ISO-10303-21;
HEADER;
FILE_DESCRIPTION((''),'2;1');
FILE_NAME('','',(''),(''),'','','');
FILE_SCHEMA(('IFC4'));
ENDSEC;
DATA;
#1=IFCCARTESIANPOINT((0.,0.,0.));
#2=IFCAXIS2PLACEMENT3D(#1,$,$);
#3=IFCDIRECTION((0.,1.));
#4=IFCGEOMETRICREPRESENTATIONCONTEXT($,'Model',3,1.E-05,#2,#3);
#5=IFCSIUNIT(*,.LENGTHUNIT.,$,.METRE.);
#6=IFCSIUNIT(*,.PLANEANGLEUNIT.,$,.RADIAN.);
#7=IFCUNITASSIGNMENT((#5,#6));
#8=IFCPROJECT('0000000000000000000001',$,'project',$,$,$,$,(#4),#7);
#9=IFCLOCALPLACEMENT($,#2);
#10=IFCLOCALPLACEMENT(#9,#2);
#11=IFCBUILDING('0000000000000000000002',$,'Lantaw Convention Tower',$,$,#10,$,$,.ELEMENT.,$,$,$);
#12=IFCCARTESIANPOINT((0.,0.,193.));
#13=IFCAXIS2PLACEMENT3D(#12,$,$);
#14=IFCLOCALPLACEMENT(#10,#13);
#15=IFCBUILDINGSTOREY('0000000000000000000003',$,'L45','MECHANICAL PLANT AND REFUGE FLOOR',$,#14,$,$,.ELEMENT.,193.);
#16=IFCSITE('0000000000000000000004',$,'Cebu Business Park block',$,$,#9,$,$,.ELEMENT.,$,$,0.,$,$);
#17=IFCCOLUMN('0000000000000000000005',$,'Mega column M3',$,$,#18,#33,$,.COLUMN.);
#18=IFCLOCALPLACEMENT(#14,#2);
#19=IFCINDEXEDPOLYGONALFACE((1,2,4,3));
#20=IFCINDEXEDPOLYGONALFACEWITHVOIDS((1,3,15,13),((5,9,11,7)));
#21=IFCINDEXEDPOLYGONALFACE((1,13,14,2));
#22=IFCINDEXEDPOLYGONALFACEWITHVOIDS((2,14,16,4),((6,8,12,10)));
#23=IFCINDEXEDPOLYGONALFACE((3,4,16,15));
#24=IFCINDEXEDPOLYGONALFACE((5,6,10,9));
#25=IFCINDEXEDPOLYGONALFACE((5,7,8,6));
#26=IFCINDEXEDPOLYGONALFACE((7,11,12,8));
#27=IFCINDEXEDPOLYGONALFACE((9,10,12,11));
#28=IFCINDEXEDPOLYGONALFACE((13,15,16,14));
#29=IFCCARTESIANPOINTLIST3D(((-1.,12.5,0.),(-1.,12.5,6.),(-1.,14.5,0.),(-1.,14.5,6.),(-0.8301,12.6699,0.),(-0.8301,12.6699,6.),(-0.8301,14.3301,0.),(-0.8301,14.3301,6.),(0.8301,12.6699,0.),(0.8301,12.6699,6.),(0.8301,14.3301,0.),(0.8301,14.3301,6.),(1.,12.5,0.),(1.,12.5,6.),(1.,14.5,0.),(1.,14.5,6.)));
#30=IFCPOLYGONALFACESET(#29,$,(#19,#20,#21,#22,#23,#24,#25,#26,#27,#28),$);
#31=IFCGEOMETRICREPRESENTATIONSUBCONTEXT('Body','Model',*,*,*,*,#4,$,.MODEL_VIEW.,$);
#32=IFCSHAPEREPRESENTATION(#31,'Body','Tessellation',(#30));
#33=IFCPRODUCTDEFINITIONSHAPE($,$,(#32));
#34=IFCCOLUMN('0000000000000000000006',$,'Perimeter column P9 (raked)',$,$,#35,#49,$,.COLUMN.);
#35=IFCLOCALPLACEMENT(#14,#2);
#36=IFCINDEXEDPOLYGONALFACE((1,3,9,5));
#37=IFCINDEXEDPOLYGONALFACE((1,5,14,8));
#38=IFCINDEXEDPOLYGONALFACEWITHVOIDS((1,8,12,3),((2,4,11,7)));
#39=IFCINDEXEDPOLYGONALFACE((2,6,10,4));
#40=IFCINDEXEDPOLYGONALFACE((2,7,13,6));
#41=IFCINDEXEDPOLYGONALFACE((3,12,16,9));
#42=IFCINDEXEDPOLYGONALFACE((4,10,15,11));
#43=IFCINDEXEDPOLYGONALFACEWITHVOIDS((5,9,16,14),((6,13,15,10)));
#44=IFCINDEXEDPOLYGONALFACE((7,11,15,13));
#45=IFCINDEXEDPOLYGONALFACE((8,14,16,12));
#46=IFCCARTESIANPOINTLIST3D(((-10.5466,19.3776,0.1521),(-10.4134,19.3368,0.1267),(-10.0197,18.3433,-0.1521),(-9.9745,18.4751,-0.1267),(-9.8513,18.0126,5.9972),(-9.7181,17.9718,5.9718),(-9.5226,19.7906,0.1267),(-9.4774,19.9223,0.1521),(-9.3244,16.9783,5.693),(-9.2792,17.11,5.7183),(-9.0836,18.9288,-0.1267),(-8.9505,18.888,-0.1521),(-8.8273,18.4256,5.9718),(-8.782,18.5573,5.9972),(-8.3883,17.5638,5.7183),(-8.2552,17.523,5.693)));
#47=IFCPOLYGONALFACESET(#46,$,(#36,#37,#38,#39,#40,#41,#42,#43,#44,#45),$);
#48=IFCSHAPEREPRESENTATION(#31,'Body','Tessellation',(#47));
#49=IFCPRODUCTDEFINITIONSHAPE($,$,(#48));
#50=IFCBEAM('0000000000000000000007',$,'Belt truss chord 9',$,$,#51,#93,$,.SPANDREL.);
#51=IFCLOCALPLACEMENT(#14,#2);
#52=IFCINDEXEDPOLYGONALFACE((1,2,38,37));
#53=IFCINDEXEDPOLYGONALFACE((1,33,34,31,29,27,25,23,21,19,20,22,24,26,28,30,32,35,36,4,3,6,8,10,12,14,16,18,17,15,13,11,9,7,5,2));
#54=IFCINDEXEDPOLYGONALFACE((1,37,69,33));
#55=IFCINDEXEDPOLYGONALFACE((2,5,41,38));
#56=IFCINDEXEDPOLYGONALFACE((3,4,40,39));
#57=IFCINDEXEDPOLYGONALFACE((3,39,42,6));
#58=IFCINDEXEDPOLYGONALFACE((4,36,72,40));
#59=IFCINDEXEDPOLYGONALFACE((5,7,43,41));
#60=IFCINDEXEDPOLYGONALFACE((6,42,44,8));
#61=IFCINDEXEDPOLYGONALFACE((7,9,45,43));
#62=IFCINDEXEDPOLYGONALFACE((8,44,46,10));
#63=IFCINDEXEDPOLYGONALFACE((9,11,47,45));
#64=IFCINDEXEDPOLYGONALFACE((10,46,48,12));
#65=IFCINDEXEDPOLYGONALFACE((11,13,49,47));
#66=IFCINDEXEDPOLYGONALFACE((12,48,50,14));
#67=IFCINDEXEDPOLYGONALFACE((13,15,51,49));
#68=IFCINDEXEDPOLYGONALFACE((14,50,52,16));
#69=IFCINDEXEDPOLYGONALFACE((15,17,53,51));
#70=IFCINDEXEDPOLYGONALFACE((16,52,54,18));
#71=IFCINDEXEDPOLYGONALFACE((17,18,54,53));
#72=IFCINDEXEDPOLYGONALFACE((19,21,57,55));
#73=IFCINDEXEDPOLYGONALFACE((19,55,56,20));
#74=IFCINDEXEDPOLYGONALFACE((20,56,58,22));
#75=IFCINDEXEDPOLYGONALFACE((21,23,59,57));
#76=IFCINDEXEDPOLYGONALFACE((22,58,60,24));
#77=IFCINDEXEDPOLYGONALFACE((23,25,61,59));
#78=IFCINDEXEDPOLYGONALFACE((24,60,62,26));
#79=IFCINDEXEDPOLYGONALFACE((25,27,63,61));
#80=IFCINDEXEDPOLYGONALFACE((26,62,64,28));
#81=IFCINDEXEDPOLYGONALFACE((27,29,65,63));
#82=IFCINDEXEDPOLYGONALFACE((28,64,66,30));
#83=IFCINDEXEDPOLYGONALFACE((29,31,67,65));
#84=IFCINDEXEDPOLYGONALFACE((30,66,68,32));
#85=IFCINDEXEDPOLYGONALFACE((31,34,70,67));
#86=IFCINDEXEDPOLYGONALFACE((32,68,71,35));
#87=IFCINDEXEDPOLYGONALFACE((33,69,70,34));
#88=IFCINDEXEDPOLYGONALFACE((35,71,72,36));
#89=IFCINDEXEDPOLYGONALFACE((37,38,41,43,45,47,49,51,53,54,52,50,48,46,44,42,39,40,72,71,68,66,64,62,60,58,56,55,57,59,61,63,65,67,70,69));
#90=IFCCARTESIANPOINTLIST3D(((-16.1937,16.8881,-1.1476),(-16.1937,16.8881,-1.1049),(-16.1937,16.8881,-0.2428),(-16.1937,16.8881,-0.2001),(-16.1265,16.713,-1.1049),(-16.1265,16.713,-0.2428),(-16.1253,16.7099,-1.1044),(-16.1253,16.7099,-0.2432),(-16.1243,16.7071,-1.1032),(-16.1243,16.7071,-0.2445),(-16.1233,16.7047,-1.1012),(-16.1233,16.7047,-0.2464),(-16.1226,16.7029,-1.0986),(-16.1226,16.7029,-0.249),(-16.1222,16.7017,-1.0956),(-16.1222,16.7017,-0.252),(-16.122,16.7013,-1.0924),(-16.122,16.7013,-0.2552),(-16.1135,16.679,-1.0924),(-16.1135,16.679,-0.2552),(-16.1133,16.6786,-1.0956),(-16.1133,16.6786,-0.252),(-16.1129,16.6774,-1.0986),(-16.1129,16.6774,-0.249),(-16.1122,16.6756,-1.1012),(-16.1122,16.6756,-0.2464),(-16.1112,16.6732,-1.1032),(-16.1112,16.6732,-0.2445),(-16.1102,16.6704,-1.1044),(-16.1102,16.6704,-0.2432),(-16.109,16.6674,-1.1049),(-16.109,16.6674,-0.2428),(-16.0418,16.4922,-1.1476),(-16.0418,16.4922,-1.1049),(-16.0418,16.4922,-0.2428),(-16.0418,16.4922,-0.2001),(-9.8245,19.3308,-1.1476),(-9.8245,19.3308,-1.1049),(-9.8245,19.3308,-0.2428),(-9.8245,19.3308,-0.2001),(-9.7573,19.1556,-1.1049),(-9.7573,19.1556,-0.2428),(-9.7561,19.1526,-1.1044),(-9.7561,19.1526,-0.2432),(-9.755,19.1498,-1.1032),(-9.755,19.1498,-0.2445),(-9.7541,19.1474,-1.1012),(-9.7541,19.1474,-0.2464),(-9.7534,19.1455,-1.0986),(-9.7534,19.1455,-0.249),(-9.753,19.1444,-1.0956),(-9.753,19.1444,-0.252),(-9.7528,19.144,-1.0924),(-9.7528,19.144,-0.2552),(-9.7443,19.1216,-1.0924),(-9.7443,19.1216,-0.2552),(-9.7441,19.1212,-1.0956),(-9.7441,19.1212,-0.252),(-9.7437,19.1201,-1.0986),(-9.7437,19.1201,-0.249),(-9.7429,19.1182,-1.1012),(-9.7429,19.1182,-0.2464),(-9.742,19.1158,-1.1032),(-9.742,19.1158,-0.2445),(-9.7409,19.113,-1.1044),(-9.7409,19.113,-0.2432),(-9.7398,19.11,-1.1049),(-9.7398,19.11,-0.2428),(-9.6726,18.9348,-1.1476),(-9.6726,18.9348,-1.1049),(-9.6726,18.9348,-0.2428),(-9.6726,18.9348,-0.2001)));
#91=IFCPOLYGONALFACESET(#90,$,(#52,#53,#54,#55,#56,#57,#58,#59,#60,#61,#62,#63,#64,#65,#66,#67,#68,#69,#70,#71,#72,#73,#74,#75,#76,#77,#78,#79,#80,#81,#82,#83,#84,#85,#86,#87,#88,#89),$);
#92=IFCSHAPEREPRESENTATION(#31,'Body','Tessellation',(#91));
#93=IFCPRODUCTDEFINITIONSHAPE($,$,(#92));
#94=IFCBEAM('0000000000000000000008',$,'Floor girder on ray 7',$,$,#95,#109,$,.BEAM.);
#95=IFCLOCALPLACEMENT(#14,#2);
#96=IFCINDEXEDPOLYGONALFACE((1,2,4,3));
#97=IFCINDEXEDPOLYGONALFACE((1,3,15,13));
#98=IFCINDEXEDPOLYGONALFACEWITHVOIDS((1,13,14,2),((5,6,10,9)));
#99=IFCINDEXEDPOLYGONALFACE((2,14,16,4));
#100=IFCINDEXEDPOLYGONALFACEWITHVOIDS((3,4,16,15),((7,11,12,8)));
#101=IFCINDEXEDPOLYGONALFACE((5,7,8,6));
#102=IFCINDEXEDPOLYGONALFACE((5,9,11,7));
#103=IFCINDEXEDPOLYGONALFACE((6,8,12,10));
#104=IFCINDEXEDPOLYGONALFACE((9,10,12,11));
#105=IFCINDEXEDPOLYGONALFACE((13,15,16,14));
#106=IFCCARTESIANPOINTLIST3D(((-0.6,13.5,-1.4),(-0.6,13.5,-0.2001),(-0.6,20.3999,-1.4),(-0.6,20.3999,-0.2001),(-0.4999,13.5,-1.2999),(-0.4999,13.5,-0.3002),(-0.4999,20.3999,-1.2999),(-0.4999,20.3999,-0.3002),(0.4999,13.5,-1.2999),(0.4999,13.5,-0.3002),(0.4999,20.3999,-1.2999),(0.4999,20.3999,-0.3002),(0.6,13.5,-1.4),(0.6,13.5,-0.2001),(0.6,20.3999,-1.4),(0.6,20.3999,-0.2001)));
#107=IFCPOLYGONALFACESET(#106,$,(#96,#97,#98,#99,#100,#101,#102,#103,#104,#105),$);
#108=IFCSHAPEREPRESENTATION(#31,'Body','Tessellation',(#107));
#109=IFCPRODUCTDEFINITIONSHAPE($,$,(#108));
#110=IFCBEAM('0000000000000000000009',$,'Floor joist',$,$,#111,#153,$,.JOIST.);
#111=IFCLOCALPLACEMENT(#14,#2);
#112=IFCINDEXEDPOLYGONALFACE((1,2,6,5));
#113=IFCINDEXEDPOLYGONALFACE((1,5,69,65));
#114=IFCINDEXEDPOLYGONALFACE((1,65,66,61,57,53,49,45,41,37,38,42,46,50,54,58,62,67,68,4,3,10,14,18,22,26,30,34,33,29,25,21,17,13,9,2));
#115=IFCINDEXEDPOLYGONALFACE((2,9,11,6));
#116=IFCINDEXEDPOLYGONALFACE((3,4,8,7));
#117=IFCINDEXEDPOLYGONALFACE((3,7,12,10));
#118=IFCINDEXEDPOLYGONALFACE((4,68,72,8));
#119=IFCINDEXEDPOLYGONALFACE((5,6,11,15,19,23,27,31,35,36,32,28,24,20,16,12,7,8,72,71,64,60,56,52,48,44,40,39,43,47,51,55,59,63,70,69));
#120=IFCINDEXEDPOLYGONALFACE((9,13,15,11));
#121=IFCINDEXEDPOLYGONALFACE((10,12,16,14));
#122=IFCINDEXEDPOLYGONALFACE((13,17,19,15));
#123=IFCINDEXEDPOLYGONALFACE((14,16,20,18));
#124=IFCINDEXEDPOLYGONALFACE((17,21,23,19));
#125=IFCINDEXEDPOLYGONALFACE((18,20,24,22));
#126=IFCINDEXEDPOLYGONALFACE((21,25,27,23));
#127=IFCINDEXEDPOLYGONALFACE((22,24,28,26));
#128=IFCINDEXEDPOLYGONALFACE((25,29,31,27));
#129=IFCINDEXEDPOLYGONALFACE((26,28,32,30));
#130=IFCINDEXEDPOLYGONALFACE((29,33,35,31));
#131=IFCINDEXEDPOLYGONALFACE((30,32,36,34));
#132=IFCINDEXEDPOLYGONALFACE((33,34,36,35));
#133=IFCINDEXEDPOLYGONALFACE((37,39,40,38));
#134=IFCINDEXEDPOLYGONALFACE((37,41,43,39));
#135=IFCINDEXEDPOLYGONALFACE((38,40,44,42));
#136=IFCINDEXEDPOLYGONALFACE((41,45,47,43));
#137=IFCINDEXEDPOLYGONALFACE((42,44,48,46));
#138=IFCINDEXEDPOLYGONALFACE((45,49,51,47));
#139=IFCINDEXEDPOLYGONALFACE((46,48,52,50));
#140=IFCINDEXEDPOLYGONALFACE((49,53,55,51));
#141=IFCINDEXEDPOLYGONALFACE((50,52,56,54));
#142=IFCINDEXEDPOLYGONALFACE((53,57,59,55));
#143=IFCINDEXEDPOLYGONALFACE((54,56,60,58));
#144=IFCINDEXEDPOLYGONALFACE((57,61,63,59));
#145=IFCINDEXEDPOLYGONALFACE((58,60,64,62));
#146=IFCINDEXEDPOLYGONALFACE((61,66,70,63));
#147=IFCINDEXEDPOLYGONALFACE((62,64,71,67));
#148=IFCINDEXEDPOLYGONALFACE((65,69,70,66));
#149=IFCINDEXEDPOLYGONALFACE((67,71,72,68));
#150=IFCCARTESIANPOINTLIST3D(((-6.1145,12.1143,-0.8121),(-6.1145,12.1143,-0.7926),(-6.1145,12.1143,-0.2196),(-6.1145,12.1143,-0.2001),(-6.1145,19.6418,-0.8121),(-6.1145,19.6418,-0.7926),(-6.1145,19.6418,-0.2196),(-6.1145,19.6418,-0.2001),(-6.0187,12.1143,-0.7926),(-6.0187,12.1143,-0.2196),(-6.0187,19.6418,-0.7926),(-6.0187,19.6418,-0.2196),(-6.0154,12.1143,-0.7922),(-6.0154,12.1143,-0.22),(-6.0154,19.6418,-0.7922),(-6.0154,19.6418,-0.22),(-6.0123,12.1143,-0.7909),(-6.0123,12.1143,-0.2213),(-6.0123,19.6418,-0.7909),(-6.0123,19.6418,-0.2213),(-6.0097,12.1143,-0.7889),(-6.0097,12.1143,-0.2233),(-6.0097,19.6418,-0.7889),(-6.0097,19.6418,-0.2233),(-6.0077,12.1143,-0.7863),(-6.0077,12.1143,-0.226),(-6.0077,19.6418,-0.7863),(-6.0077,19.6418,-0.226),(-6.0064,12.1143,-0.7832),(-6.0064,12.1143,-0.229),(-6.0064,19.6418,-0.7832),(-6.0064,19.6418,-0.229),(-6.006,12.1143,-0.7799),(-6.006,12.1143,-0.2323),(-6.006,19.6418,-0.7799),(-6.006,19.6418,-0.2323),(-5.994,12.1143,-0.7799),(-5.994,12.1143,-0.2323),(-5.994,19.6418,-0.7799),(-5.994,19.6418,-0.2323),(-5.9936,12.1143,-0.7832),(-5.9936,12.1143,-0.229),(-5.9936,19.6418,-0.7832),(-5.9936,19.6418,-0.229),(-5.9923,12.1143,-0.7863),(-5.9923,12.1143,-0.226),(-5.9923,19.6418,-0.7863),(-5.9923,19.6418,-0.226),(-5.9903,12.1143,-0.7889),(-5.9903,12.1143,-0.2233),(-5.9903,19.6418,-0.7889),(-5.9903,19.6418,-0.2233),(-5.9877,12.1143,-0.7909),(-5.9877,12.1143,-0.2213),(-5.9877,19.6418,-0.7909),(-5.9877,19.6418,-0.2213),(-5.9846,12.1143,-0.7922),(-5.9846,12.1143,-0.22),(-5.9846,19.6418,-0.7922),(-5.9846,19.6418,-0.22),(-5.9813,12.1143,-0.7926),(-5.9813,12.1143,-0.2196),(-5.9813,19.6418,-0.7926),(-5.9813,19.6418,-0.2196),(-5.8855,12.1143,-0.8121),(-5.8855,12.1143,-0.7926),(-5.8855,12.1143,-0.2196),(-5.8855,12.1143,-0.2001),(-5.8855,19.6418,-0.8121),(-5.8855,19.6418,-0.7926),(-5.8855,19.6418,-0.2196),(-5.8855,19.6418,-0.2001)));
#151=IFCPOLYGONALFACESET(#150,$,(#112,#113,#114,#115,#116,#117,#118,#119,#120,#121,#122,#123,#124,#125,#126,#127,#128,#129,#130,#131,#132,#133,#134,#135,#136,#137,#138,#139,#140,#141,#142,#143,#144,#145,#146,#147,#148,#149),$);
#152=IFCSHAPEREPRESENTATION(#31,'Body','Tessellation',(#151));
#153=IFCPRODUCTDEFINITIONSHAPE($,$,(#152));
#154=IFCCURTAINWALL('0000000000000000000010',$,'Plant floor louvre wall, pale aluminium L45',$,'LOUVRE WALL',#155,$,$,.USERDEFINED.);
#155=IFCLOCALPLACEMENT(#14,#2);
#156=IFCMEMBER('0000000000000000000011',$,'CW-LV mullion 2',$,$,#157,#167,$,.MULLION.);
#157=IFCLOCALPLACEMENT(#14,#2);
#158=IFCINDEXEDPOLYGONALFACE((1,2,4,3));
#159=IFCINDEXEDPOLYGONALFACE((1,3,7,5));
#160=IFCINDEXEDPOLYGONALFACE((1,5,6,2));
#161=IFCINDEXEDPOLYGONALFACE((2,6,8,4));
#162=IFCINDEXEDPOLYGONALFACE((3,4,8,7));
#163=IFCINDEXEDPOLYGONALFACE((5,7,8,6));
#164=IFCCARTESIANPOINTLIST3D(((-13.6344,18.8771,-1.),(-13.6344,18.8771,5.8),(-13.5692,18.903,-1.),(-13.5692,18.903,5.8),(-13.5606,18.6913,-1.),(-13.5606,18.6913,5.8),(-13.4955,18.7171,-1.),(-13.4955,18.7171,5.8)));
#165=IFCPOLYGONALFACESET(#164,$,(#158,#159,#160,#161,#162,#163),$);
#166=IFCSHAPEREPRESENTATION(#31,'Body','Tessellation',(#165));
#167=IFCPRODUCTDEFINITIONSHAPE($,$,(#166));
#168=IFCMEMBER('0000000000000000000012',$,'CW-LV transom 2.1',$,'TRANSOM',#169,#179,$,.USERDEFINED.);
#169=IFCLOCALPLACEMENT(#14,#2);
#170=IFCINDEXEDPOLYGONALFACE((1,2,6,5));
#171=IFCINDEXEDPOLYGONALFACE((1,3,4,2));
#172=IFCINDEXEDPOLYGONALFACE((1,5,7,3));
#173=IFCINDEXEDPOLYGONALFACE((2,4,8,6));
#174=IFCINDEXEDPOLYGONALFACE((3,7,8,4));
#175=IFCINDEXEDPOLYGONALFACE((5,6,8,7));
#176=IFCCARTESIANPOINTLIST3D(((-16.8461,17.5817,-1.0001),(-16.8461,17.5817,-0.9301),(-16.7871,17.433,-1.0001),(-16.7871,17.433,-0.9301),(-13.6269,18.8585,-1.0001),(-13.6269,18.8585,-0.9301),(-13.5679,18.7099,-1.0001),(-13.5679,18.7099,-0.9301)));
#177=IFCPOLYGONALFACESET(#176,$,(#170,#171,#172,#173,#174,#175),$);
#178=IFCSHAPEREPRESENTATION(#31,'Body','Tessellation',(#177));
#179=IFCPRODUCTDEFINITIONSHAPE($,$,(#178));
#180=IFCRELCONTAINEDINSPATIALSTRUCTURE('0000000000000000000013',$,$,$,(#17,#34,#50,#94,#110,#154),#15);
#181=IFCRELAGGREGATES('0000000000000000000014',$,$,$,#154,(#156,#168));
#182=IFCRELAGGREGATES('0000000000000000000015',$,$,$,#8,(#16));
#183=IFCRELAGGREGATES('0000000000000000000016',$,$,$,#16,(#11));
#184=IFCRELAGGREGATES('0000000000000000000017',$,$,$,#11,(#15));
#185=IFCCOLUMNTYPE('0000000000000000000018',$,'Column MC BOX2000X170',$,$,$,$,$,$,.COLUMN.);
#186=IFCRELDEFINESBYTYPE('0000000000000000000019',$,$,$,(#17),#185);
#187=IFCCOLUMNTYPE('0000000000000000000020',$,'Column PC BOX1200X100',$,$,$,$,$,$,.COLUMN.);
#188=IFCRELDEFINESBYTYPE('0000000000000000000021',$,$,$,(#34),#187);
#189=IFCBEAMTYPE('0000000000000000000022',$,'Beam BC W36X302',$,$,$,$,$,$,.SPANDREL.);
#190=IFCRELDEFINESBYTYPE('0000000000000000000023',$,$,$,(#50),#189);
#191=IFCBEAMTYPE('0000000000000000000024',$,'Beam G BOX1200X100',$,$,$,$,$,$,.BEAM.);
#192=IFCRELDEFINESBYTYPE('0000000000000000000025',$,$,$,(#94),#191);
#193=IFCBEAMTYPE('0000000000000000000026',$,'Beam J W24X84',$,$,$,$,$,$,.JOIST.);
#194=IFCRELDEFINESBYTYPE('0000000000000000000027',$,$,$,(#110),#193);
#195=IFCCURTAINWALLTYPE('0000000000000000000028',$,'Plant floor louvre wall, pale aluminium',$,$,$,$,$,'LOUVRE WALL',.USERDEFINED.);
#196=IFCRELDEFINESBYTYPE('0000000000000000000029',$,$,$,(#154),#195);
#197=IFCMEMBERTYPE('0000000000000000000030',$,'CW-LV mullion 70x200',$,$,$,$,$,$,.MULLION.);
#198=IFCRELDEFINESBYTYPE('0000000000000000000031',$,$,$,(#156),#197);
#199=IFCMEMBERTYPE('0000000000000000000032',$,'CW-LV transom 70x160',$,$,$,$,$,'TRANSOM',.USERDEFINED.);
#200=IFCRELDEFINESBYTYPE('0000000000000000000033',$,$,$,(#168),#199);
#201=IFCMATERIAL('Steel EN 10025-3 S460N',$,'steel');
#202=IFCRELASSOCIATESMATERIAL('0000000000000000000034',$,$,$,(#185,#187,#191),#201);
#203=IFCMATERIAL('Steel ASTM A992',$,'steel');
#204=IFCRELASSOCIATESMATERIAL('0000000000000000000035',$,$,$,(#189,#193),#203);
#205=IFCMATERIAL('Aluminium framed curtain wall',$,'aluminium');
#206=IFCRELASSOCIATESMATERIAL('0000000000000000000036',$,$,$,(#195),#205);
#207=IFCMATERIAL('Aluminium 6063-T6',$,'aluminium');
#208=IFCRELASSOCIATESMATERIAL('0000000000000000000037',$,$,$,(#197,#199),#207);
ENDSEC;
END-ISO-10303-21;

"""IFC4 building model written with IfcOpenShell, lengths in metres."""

from ifc_helpers import new_model, si_unit, direction, frame, origin, origin_2d, place, context, subcontext, project, spatial, rectangle, hollow_rectangle, i_section, extrude, material, material_profile, profile_set, type_object, element, aggregate, save


model = new_model("IFC4")

# Units and contexts
model_context = context("Model", 3, precision=1e-05, world=origin(), true_north=direction((0.0, 1.0)))
body_context = subcontext(model_context, "Body", "Model", "MODEL_VIEW")
ifc_project = project(units=[si_unit("LENGTHUNIT", "METRE"), si_unit("PLANEANGLEUNIT", "RADIAN")], contexts=[model_context])

# Site, building, storey
site_placement = place(None, origin())
site = spatial("IfcSite", under=ifc_project, at=site_placement, Name="Cebu Business Park block", CompositionType="ELEMENT", RefElevation=0.0)
building_placement = place(site_placement, origin())
building = spatial("IfcBuilding", under=site, at=building_placement, Name="Lantaw Convention Tower", CompositionType="ELEMENT")
storey_placement = place(building_placement, frame((0.0, 0.0, 193.0)))
storey = spatial("IfcBuildingStorey", under=building, at=storey_placement, Name="L45", Description="MECHANICAL PLANT AND REFUGE FLOOR", CompositionType="ELEMENT", Elevation=193.0)

# Columns
ifc_material_1 = material(Name="Steel EN 10025-3 S460N", Category="steel")
ifc_material_profile_1 = material_profile(ifc_material_1, hollow_rectangle(XDim=2.0, YDim=2.0, WallThickness=0.1699, at=origin_2d()), Name="BOX2000X170")
ifc_material_2 = material(Name="Concrete C60/75", Category="concrete")
ifc_material_profile_2 = material_profile(ifc_material_2, rectangle(XDim=1.6599, YDim=1.6599, at=origin_2d()), Name="Concrete fill of BOX2000X170")
ifc_profile_set_1 = profile_set([ifc_material_profile_1, ifc_material_profile_2], Name="Steel EN 10025-3 S460N")
column_type_1 = type_object("IfcColumnType", Name="Column MC BOX2000X170", PredefinedType="COLUMN", material=ifc_profile_set_1)
column_1_placement = place(storey_placement, frame((0.0, 13.5, 0.0), z_axis=(0.0, 0.0, 1.0), x_axis=(1.0, 0.0, 0.0)))
element("IfcColumn", 1, at=column_1_placement, inside=storey, type_object=column_type_1, Name="Mega column M3", PredefinedType="COLUMN", context=body_context, shape_type="SweptSolid", body=[
    extrude(hollow_rectangle(XDim=2.0, YDim=2.0, WallThickness=0.1699, at=origin_2d()), origin(), (0.0, 0.0, 1.0), 6.0),
])
ifc_material_profile_3 = material_profile(ifc_material_1, hollow_rectangle(XDim=1.2, YDim=1.2, WallThickness=0.1001, at=origin_2d()), Name="BOX1200X100")
ifc_material_profile_4 = material_profile(ifc_material_2, rectangle(XDim=1.0, YDim=1.0, at=origin_2d()), Name="Concrete fill of BOX1200X100")
ifc_profile_set_2 = profile_set([ifc_material_profile_3, ifc_material_profile_4], Name="Steel EN 10025-3 S460N")
column_type_2 = type_object("IfcColumnType", Name="Column PC BOX1200X100", PredefinedType="COLUMN", material=ifc_profile_set_2)
column_2_placement = place(storey_placement, frame((-9.7485, 19.1328, 0.0), z_axis=(0.115073, -0.225903, 0.967329), x_axis=(0.891055, 0.453895, 0.0)))
element("IfcColumn", 2, at=column_2_placement, inside=storey, type_object=column_type_2, Name="Perimeter column P9 (raked)", PredefinedType="COLUMN", context=body_context, shape_type="SweptSolid", body=[
    extrude(hollow_rectangle(XDim=1.2, YDim=1.2, WallThickness=0.1001, at=origin_2d()), origin(), (0.0, 0.0, 1.0), 6.0425),
])

# Beams
ifc_material_3 = material(Name="Steel ASTM A992", Category="steel")
ifc_material_profile_5 = material_profile(ifc_material_3, i_section(OverallWidth=0.4241, OverallDepth=0.9475, WebThickness=0.0239, FlangeThickness=0.0427, FilletRadius=0.0125, at=origin_2d()), Name="W36X302")
ifc_profile_set_3 = profile_set([ifc_material_profile_5], Name="Steel ASTM A992")
beam_type_1 = type_object("IfcBeamType", Name="Beam BC W36X302", PredefinedType="SPANDREL", material=ifc_profile_set_3)
beam_1_placement = place(storey_placement, frame((-9.7485, 19.1328, -0.6738), z_axis=(-0.933691, -0.35808, 0.0), x_axis=(0.35808, -0.933691, 0.0)))
element("IfcBeam", 3, at=beam_1_placement, inside=storey, type_object=beam_type_1, Name="Belt truss chord 9", PredefinedType="SPANDREL", context=body_context, shape_type="SweptSolid", body=[
    extrude(i_section(OverallWidth=0.4241, OverallDepth=0.9475, WebThickness=0.0239, FlangeThickness=0.0427, FilletRadius=0.0125, at=origin_2d()), origin(), (0.0, 0.0, 1.0), 6.8215),
])
ifc_material_profile_6 = material_profile(ifc_material_1, hollow_rectangle(XDim=1.2, YDim=1.2, WallThickness=0.1001, at=origin_2d()), Name="BOX1200X100")
ifc_profile_set_4 = profile_set([ifc_material_profile_6], Name="Steel EN 10025-3 S460N")
beam_type_2 = type_object("IfcBeamType", Name="Beam G BOX1200X100", PredefinedType="BEAM", material=ifc_profile_set_4)
beam_2_placement = place(storey_placement, frame((0.0, 13.5, -0.8), z_axis=(0.0, 1.0, 0.0), x_axis=(-1.0, 0.0, 0.0)))
element("IfcBeam", 4, at=beam_2_placement, inside=storey, type_object=beam_type_2, Name="Floor girder on ray 7", PredefinedType="BEAM", context=body_context, shape_type="SweptSolid", body=[
    extrude(hollow_rectangle(XDim=1.2, YDim=1.2, WallThickness=0.1001, at=origin_2d()), origin(), (0.0, 0.0, 1.0), 6.8999),
])
ifc_material_profile_7 = material_profile(ifc_material_3, i_section(OverallWidth=0.229, OverallDepth=0.6121, WebThickness=0.012, FlangeThickness=0.0195, FilletRadius=0.0127, at=origin_2d()), Name="W24X84")
ifc_profile_set_5 = profile_set([ifc_material_profile_7], Name="Steel ASTM A992")
beam_type_3 = type_object("IfcBeamType", Name="Beam J W24X84", PredefinedType="JOIST", material=ifc_profile_set_5)
beam_3_placement = place(storey_placement, frame((-6.0, 12.1143, -0.5061), z_axis=(0.0, 1.0, 0.0), x_axis=(-1.0, 0.0, 0.0)))
element("IfcBeam", 5, at=beam_3_placement, inside=storey, type_object=beam_type_3, Name="Floor joist", PredefinedType="JOIST", context=body_context, shape_type="SweptSolid", body=[
    extrude(i_section(OverallWidth=0.229, OverallDepth=0.6121, WebThickness=0.012, FlangeThickness=0.0195, FilletRadius=0.0127, at=origin_2d()), origin(), (0.0, 0.0, 1.0), 7.5276),
])

# Curtain wall, members
ifc_material_4 = material(Name="Aluminium framed curtain wall", Category="aluminium")
curtain_wall_type = type_object("IfcCurtainWallType", Name="Plant floor louvre wall, pale aluminium", ElementType="LOUVRE WALL", PredefinedType="USERDEFINED", material=ifc_material_4)
curtain_wall_placement = place(storey_placement, origin())
curtain_wall = element("IfcCurtainWall", 6, at=curtain_wall_placement, inside=storey, type_object=curtain_wall_type, Name="Plant floor louvre wall, pale aluminium L45", ObjectType="LOUVRE WALL", PredefinedType="USERDEFINED")
ifc_material_5 = material(Name="Aluminium 6063-T6", Category="aluminium")
ifc_material_profile_8 = material_profile(ifc_material_5, rectangle(XDim=0.2, YDim=0.0701, at=origin_2d()), Name="CW-LV mullion 70x200")
ifc_profile_set_6 = profile_set([ifc_material_profile_8], Name="Aluminium 6063-T6")
member_type_1 = type_object("IfcMemberType", Name="CW-LV mullion 70x200", PredefinedType="MULLION", material=ifc_profile_set_6)
member_1_placement = place(storey_placement, frame((-13.5649, 18.7971, -1.0), z_axis=(0.0, 0.0, 1.0), x_axis=(0.368702, -0.929548, 0.0)))
member_1 = element("IfcMember", 7, at=member_1_placement, type_object=member_type_1, Name="CW-LV mullion 2", PredefinedType="MULLION", context=body_context, shape_type="SweptSolid", body=[
    extrude(rectangle(XDim=0.2, YDim=0.0701, at=origin_2d()), origin(), (0.0, 0.0, 1.0), 6.8),
])
ifc_material_profile_9 = material_profile(ifc_material_5, rectangle(XDim=0.1599, YDim=0.0701, at=origin_2d()), Name="CW-LV transom 70x160")
ifc_profile_set_7 = profile_set([ifc_material_profile_9], Name="Aluminium 6063-T6")
member_type_2 = type_object("IfcMemberType", Name="CW-LV transom 70x160", ElementType="TRANSOM", PredefinedType="USERDEFINED", material=ifc_profile_set_7)
member_2_placement = place(storey_placement, frame((-13.5974, 18.7842, -0.9651), z_axis=(-0.929552, -0.368691, 0.0), x_axis=(0.368691, -0.929552, 0.0)))
member_2 = element("IfcMember", 8, at=member_2_placement, type_object=member_type_2, Name="CW-LV transom 2.1", ObjectType="TRANSOM", PredefinedType="USERDEFINED", context=body_context, shape_type="SweptSolid", body=[
    extrude(rectangle(XDim=0.1599, YDim=0.0701, at=origin_2d()), origin(), (0.0, 0.0, 1.0), 3.4631),
])

aggregate(curtain_wall, [member_1, member_2])

save(model, "model.ifc")
